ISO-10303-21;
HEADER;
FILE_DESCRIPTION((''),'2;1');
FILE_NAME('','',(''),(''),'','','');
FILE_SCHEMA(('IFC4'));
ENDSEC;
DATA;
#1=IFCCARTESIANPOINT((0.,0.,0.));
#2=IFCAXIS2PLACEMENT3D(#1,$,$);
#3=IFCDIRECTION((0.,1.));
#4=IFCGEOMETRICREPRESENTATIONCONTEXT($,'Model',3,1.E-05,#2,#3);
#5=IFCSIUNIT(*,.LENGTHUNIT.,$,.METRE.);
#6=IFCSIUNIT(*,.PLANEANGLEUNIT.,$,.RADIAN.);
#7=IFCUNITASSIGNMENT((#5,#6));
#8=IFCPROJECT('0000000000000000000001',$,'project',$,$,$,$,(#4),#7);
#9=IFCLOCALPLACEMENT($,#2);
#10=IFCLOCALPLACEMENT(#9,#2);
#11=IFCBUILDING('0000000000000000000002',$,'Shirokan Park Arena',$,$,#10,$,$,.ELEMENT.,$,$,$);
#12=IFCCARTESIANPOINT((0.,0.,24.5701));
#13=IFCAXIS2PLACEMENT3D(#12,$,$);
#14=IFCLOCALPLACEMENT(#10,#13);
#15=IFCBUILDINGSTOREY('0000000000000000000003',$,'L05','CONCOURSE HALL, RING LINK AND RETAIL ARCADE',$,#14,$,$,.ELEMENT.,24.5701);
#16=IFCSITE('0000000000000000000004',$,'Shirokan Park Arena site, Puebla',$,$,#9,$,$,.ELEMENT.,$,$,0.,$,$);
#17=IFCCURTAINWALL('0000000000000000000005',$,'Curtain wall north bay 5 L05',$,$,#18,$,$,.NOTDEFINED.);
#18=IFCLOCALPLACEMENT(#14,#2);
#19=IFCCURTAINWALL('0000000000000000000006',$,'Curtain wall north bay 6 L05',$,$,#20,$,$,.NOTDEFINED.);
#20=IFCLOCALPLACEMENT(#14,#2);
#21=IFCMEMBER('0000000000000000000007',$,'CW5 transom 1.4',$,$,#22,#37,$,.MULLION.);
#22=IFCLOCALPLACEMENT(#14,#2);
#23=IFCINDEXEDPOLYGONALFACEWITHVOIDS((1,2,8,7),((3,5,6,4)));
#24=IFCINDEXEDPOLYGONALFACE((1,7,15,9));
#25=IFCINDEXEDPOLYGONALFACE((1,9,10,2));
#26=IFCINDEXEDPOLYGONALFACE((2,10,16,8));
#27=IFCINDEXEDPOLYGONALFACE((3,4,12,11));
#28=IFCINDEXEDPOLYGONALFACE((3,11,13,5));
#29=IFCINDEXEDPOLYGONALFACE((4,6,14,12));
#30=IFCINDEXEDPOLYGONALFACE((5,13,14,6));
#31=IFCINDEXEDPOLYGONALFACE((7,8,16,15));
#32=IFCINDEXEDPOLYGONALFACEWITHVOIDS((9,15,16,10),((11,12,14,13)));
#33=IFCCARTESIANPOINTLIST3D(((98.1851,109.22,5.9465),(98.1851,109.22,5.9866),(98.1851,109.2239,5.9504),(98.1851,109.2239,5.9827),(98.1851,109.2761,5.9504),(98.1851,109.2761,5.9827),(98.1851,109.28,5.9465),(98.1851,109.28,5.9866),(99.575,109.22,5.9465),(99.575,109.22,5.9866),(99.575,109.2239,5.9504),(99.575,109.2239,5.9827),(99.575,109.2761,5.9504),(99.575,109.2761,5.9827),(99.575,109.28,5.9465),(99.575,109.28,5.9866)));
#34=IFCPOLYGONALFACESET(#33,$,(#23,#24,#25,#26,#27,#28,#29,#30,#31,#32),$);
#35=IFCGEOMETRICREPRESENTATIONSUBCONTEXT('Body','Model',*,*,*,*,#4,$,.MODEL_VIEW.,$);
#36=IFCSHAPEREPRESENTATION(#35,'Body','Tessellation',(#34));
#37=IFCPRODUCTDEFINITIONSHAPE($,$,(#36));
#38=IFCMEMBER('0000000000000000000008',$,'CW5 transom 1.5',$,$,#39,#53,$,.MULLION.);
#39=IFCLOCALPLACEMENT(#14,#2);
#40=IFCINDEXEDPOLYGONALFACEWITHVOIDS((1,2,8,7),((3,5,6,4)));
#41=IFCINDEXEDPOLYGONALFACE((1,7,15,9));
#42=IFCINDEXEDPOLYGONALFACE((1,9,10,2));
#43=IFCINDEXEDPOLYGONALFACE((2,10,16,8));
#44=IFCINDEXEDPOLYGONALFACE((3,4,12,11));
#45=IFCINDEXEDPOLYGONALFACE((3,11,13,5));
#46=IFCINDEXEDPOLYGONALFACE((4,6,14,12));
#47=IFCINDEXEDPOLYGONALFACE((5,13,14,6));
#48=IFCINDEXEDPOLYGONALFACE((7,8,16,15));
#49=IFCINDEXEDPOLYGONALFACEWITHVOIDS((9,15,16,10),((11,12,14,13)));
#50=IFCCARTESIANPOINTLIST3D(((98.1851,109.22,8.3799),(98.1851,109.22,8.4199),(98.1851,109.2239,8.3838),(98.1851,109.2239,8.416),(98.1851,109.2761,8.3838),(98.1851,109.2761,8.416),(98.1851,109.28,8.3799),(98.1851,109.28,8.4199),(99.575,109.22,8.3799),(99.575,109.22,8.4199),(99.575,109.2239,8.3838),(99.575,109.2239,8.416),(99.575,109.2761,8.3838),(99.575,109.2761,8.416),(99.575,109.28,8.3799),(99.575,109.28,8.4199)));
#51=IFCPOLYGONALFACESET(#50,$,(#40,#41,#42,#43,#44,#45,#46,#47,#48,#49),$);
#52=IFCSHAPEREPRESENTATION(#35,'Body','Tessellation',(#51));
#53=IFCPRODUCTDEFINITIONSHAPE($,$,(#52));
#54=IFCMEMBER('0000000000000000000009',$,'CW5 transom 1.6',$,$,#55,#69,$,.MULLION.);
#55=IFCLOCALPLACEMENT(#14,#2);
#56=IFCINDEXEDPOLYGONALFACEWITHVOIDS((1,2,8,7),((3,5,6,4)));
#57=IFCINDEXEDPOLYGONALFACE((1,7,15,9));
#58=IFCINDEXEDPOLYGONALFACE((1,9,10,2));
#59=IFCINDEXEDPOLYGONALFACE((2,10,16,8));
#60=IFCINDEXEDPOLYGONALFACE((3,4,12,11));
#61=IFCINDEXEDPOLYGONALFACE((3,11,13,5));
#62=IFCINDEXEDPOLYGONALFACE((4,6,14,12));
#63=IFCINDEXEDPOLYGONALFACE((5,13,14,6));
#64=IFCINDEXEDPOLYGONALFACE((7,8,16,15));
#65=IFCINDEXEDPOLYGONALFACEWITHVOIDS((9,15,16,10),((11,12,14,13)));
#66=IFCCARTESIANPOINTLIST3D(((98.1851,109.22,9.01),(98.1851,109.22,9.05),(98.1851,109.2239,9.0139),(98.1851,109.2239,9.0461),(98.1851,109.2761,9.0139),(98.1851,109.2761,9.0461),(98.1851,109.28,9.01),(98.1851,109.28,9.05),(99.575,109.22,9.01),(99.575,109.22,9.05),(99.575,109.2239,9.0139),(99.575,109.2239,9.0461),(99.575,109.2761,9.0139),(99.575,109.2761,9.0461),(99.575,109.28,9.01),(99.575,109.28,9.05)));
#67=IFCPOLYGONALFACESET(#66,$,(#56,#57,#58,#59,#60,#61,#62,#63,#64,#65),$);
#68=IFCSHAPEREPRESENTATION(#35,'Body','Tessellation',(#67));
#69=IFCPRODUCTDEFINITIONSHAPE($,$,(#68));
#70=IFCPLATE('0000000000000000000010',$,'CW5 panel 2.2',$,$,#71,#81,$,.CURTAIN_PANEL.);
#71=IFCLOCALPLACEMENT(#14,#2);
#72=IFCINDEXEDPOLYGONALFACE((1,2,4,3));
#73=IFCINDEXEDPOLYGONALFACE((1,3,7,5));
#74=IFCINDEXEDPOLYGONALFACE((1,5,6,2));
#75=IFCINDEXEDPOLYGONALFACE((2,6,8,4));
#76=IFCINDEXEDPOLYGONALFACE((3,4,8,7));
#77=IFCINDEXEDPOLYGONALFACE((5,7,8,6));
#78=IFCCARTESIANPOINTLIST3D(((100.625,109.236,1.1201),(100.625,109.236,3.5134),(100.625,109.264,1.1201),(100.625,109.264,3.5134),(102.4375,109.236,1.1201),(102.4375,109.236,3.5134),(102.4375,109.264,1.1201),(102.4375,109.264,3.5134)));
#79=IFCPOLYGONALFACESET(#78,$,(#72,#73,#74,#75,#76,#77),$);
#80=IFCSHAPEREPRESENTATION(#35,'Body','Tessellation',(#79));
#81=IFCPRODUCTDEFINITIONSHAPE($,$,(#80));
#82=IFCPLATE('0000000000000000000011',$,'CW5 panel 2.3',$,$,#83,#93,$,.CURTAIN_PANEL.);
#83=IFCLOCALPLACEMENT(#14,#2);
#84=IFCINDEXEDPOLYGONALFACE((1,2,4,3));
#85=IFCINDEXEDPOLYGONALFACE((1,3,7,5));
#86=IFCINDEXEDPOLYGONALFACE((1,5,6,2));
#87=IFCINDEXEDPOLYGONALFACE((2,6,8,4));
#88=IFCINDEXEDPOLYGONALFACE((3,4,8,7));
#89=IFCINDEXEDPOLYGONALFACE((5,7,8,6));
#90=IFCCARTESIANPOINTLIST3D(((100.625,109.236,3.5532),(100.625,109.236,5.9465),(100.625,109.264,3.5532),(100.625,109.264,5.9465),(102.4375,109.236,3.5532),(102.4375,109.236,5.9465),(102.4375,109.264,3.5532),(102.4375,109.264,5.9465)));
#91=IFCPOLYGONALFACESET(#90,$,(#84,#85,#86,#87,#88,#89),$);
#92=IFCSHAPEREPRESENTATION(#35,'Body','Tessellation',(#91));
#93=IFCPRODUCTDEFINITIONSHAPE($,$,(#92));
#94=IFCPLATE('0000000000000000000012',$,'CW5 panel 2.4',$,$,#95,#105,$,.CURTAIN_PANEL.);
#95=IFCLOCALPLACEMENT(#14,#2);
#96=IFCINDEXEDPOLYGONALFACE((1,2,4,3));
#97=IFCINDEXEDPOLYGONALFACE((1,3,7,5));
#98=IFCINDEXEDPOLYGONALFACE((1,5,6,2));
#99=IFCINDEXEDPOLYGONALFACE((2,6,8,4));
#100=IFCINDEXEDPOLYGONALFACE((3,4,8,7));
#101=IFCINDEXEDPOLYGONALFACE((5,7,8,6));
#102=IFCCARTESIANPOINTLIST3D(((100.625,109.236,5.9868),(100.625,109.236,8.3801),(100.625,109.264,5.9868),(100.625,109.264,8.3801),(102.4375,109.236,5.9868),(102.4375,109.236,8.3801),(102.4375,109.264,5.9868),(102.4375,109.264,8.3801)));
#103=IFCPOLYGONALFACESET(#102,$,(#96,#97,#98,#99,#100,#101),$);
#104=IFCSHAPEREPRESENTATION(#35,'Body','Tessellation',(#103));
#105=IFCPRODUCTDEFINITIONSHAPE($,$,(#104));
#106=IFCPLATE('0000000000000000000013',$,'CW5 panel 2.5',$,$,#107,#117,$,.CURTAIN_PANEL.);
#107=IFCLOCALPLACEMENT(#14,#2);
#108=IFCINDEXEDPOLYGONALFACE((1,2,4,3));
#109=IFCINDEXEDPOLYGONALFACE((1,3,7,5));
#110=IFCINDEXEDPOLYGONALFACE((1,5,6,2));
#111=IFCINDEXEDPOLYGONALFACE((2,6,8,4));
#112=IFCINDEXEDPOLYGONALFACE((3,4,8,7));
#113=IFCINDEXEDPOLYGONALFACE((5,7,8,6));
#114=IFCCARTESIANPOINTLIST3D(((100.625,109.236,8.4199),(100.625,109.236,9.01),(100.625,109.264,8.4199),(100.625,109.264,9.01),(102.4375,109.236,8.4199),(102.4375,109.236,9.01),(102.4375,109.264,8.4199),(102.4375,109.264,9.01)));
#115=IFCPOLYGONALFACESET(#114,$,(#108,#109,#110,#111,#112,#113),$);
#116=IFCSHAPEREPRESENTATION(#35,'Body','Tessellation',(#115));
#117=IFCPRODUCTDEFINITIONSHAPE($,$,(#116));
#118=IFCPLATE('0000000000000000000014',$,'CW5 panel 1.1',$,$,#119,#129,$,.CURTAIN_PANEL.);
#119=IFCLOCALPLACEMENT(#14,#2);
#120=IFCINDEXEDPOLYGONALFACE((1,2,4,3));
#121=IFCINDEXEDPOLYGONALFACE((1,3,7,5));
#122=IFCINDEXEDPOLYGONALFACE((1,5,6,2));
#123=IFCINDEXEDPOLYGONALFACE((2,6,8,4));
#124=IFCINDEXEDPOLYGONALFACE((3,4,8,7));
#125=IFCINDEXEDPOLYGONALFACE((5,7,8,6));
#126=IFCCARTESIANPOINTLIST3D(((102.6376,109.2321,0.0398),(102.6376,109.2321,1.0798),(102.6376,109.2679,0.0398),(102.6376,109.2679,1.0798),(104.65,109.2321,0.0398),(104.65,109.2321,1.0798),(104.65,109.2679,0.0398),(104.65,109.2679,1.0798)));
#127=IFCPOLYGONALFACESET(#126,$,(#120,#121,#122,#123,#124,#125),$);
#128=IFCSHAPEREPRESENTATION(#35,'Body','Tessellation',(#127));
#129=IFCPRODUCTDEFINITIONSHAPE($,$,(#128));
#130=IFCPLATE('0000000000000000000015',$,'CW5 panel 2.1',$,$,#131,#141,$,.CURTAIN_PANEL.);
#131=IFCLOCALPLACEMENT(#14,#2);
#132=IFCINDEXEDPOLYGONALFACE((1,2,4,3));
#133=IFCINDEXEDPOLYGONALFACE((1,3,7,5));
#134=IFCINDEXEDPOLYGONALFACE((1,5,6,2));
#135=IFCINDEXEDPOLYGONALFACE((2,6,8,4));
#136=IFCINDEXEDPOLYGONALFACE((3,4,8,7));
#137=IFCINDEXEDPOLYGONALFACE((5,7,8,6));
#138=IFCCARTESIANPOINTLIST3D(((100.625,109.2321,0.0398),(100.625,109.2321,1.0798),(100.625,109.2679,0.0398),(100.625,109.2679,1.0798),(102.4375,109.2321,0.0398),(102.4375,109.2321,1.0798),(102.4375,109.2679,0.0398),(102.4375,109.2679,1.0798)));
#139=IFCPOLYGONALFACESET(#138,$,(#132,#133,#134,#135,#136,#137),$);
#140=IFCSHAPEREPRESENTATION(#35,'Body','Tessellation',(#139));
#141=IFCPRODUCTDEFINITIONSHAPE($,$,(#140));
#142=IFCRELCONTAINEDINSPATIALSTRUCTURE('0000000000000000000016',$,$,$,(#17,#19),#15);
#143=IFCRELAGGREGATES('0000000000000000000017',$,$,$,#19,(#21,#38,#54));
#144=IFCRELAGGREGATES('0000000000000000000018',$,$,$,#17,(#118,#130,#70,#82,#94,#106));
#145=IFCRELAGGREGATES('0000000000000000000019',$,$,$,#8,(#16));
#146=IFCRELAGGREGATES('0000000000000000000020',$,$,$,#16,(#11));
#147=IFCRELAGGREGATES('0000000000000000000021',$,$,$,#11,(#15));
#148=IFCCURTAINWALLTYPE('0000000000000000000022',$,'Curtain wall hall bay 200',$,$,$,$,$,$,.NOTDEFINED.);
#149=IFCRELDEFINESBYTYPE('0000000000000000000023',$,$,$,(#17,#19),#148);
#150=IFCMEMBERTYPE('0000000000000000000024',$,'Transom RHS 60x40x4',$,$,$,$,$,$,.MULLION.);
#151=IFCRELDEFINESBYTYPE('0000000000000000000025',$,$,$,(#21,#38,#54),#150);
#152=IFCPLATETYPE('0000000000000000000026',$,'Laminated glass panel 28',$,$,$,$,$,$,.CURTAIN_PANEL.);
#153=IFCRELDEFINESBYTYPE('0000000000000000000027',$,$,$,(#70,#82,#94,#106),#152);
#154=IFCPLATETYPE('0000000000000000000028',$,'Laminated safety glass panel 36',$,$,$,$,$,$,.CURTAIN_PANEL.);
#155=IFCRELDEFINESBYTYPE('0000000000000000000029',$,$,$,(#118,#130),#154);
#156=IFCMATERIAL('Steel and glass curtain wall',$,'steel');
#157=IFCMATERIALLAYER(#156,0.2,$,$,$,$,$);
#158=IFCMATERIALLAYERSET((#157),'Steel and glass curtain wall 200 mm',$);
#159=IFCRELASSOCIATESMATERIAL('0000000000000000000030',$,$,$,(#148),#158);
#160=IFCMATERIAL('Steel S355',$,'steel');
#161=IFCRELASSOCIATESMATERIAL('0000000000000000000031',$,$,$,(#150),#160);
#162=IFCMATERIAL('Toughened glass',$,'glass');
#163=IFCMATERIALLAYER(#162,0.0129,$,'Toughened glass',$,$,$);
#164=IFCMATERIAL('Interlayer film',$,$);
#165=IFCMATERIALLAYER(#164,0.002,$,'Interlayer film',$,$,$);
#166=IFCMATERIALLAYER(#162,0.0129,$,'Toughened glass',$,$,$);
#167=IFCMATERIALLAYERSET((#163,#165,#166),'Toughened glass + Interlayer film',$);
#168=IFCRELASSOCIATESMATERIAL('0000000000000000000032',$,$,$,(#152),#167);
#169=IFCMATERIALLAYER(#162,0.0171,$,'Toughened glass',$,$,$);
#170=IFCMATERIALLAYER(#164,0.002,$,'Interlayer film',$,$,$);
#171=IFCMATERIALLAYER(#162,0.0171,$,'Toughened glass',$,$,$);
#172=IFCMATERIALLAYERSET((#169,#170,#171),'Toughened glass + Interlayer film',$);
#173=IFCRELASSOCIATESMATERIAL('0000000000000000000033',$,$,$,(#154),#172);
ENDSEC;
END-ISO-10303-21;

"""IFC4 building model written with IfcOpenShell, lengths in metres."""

from ifc_helpers import new_model, si_unit, direction, frame, origin, origin_2d, place, context, subcontext, project, spatial, rectangle, hollow_rectangle, extrude, material, layer, layer_set, material_profile, profile_set, type_object, element, aggregate, save


model = new_model("IFC4")

# Units and contexts
model_context = context("Model", 3, precision=1e-05, world=origin(), true_north=direction((0.0, 1.0)))
body_context = subcontext(model_context, "Body", "Model", "MODEL_VIEW")
ifc_project = project(units=[si_unit("LENGTHUNIT", "METRE"), si_unit("PLANEANGLEUNIT", "RADIAN")], contexts=[model_context])

# Site, building, storey
site_placement = place(None, origin())
site = spatial("IfcSite", under=ifc_project, at=site_placement, Name="Shirokan Park Arena site, Puebla", CompositionType="ELEMENT", RefElevation=0.0)
building_placement = place(site_placement, origin())
building = spatial("IfcBuilding", under=site, at=building_placement, Name="Shirokan Park Arena", CompositionType="ELEMENT")
storey_placement = place(building_placement, frame((0.0, 0.0, 24.5701)))
storey = spatial("IfcBuildingStorey", under=building, at=storey_placement, Name="L05", Description="CONCOURSE HALL, RING LINK AND RETAIL ARCADE", CompositionType="ELEMENT", Elevation=24.5701)

# Curtain wall
ifc_material_1 = material(Name="Steel and glass curtain wall", Category="steel")
ifc_layer_1 = layer(ifc_material_1, 0.2)
ifc_layer_set_1 = layer_set([ifc_layer_1], Name="Steel and glass curtain wall 200 mm")
curtain_wall_type = type_object("IfcCurtainWallType", Name="Curtain wall hall bay 200", PredefinedType="NOTDEFINED", material=ifc_layer_set_1)
curtain_wall_1_placement = place(storey_placement, origin())
curtain_wall_1 = element("IfcCurtainWall", 1, at=curtain_wall_1_placement, inside=storey, type_object=curtain_wall_type, Name="Curtain wall north bay 5 L05", PredefinedType="NOTDEFINED")
ifc_material_2 = material(Name="Steel S355", Category="steel")

# Curtain wall
curtain_wall_2_placement = place(storey_placement, origin())
curtain_wall_2 = element("IfcCurtainWall", 2, at=curtain_wall_2_placement, inside=storey, type_object=curtain_wall_type, Name="Curtain wall north bay 6 L05", PredefinedType="NOTDEFINED")

# Members
ifc_material_profile_1 = material_profile(ifc_material_2, hollow_rectangle(XDim=0.0601, YDim=0.04, WallThickness=0.0039, at=origin_2d()), Name="RHS 60x40x4")
ifc_profile_set_1 = profile_set([ifc_material_profile_1], Name="Steel S355")
member_type_1 = type_object("IfcMemberType", Name="Transom RHS 60x40x4", PredefinedType="MULLION", material=ifc_profile_set_1)
member_1_placement = place(storey_placement, frame((99.575, 109.25, 5.9666), z_axis=(-1.0, 0.0, 0.0), x_axis=(0.0, -1.0, 0.0)))
member_1 = element("IfcMember", 3, at=member_1_placement, type_object=member_type_1, Name="CW5 transom 1.4", PredefinedType="MULLION", context=body_context, shape_type="SweptSolid", body=[
    extrude(hollow_rectangle(XDim=0.0601, YDim=0.04, WallThickness=0.0039, at=origin_2d()), origin(), (0.0, 0.0, 1.0), 1.3899),
])
member_2_placement = place(storey_placement, frame((99.575, 109.25, 8.3999), z_axis=(-1.0, 0.0, 0.0), x_axis=(0.0, -1.0, 0.0)))
member_2 = element("IfcMember", 4, at=member_2_placement, type_object=member_type_1, Name="CW5 transom 1.5", PredefinedType="MULLION", context=body_context, shape_type="SweptSolid", body=[
    extrude(hollow_rectangle(XDim=0.0601, YDim=0.04, WallThickness=0.0039, at=origin_2d()), origin(), (0.0, 0.0, 1.0), 1.3899),
])
member_3_placement = place(storey_placement, frame((99.575, 109.25, 9.03), z_axis=(-1.0, 0.0, 0.0), x_axis=(0.0, -1.0, 0.0)))
member_3 = element("IfcMember", 5, at=member_3_placement, type_object=member_type_1, Name="CW5 transom 1.6", PredefinedType="MULLION", context=body_context, shape_type="SweptSolid", body=[
    extrude(hollow_rectangle(XDim=0.0601, YDim=0.04, WallThickness=0.0039, at=origin_2d()), origin(), (0.0, 0.0, 1.0), 1.3899),
])
aggregate(curtain_wall_2, [member_1, member_2, member_3])

# Plates
ifc_material_3 = material(Name="Toughened glass", Category="glass")
ifc_layer_2 = layer(ifc_material_3, 0.0129, Name="Toughened glass")
ifc_material_4 = material(Name="Interlayer film")
ifc_layer_3 = layer(ifc_material_4, 0.002, Name="Interlayer film")
ifc_layer_4 = layer(ifc_material_3, 0.0129, Name="Toughened glass")
ifc_layer_set_2 = layer_set([ifc_layer_2, ifc_layer_3, ifc_layer_4], Name="Toughened glass + Interlayer film")
plate_type_1 = type_object("IfcPlateType", Name="Laminated glass panel 28", PredefinedType="CURTAIN_PANEL", material=ifc_layer_set_2)
plate_1_placement = place(storey_placement, frame((101.5312, 109.25, 1.1201), z_axis=(0.0, 0.0, 1.0), x_axis=(-1.0, 0.0, 0.0)))
plate_1 = element("IfcPlate", 6, at=plate_1_placement, type_object=plate_type_1, Name="CW5 panel 2.2", PredefinedType="CURTAIN_PANEL", context=body_context, shape_type="SweptSolid", body=[
    extrude(rectangle(XDim=1.8125, YDim=0.0281, at=origin_2d()), origin(), (0.0, 0.0, 1.0), 2.3933),
])
plate_2_placement = place(storey_placement, frame((101.5312, 109.25, 3.5532), z_axis=(0.0, 0.0, 1.0), x_axis=(-1.0, 0.0, 0.0)))
plate_2 = element("IfcPlate", 7, at=plate_2_placement, type_object=plate_type_1, Name="CW5 panel 2.3", PredefinedType="CURTAIN_PANEL", context=body_context, shape_type="SweptSolid", body=[
    extrude(rectangle(XDim=1.8125, YDim=0.0281, at=origin_2d()), origin(), (0.0, 0.0, 1.0), 2.3933),
])
plate_3_placement = place(storey_placement, frame((101.5312, 109.25, 5.9868), z_axis=(0.0, 0.0, 1.0), x_axis=(-1.0, 0.0, 0.0)))
plate_3 = element("IfcPlate", 8, at=plate_3_placement, type_object=plate_type_1, Name="CW5 panel 2.4", PredefinedType="CURTAIN_PANEL", context=body_context, shape_type="SweptSolid", body=[
    extrude(rectangle(XDim=1.8125, YDim=0.0281, at=origin_2d()), origin(), (0.0, 0.0, 1.0), 2.3933),
])
plate_4_placement = place(storey_placement, frame((101.5312, 109.25, 8.4199), z_axis=(0.0, 0.0, 1.0), x_axis=(-1.0, 0.0, 0.0)))
plate_4 = element("IfcPlate", 9, at=plate_4_placement, type_object=plate_type_1, Name="CW5 panel 2.5", PredefinedType="CURTAIN_PANEL", context=body_context, shape_type="SweptSolid", body=[
    extrude(rectangle(XDim=1.8125, YDim=0.0281, at=origin_2d()), origin(), (0.0, 0.0, 1.0), 0.5901),
])
ifc_layer_5 = layer(ifc_material_3, 0.0171, Name="Toughened glass")
ifc_layer_6 = layer(ifc_material_4, 0.002, Name="Interlayer film")
ifc_layer_7 = layer(ifc_material_3, 0.0171, Name="Toughened glass")
ifc_layer_set_3 = layer_set([ifc_layer_5, ifc_layer_6, ifc_layer_7], Name="Toughened glass + Interlayer film")
plate_type_2 = type_object("IfcPlateType", Name="Laminated safety glass panel 36", PredefinedType="CURTAIN_PANEL", material=ifc_layer_set_3)
plate_5_placement = place(storey_placement, frame((103.6438, 109.25, 0.0398), z_axis=(0.0, 0.0, 1.0), x_axis=(-1.0, 0.0, 0.0)))
plate_5 = element("IfcPlate", 10, at=plate_5_placement, type_object=plate_type_2, Name="CW5 panel 1.1", PredefinedType="CURTAIN_PANEL", context=body_context, shape_type="SweptSolid", body=[
    extrude(rectangle(XDim=2.0125, YDim=0.0359, at=origin_2d()), origin(), (0.0, 0.0, 1.0), 1.04),
])
plate_6_placement = place(storey_placement, frame((101.5312, 109.25, 0.0398), z_axis=(0.0, 0.0, 1.0), x_axis=(-1.0, 0.0, 0.0)))
plate_6 = element("IfcPlate", 11, at=plate_6_placement, type_object=plate_type_2, Name="CW5 panel 2.1", PredefinedType="CURTAIN_PANEL", context=body_context, shape_type="SweptSolid", body=[
    extrude(rectangle(XDim=1.8125, YDim=0.0359, at=origin_2d()), origin(), (0.0, 0.0, 1.0), 1.04),
])
aggregate(curtain_wall_1, [plate_5, plate_6, plate_1, plate_2, plate_3, plate_4])

save(model, "model.ifc")
